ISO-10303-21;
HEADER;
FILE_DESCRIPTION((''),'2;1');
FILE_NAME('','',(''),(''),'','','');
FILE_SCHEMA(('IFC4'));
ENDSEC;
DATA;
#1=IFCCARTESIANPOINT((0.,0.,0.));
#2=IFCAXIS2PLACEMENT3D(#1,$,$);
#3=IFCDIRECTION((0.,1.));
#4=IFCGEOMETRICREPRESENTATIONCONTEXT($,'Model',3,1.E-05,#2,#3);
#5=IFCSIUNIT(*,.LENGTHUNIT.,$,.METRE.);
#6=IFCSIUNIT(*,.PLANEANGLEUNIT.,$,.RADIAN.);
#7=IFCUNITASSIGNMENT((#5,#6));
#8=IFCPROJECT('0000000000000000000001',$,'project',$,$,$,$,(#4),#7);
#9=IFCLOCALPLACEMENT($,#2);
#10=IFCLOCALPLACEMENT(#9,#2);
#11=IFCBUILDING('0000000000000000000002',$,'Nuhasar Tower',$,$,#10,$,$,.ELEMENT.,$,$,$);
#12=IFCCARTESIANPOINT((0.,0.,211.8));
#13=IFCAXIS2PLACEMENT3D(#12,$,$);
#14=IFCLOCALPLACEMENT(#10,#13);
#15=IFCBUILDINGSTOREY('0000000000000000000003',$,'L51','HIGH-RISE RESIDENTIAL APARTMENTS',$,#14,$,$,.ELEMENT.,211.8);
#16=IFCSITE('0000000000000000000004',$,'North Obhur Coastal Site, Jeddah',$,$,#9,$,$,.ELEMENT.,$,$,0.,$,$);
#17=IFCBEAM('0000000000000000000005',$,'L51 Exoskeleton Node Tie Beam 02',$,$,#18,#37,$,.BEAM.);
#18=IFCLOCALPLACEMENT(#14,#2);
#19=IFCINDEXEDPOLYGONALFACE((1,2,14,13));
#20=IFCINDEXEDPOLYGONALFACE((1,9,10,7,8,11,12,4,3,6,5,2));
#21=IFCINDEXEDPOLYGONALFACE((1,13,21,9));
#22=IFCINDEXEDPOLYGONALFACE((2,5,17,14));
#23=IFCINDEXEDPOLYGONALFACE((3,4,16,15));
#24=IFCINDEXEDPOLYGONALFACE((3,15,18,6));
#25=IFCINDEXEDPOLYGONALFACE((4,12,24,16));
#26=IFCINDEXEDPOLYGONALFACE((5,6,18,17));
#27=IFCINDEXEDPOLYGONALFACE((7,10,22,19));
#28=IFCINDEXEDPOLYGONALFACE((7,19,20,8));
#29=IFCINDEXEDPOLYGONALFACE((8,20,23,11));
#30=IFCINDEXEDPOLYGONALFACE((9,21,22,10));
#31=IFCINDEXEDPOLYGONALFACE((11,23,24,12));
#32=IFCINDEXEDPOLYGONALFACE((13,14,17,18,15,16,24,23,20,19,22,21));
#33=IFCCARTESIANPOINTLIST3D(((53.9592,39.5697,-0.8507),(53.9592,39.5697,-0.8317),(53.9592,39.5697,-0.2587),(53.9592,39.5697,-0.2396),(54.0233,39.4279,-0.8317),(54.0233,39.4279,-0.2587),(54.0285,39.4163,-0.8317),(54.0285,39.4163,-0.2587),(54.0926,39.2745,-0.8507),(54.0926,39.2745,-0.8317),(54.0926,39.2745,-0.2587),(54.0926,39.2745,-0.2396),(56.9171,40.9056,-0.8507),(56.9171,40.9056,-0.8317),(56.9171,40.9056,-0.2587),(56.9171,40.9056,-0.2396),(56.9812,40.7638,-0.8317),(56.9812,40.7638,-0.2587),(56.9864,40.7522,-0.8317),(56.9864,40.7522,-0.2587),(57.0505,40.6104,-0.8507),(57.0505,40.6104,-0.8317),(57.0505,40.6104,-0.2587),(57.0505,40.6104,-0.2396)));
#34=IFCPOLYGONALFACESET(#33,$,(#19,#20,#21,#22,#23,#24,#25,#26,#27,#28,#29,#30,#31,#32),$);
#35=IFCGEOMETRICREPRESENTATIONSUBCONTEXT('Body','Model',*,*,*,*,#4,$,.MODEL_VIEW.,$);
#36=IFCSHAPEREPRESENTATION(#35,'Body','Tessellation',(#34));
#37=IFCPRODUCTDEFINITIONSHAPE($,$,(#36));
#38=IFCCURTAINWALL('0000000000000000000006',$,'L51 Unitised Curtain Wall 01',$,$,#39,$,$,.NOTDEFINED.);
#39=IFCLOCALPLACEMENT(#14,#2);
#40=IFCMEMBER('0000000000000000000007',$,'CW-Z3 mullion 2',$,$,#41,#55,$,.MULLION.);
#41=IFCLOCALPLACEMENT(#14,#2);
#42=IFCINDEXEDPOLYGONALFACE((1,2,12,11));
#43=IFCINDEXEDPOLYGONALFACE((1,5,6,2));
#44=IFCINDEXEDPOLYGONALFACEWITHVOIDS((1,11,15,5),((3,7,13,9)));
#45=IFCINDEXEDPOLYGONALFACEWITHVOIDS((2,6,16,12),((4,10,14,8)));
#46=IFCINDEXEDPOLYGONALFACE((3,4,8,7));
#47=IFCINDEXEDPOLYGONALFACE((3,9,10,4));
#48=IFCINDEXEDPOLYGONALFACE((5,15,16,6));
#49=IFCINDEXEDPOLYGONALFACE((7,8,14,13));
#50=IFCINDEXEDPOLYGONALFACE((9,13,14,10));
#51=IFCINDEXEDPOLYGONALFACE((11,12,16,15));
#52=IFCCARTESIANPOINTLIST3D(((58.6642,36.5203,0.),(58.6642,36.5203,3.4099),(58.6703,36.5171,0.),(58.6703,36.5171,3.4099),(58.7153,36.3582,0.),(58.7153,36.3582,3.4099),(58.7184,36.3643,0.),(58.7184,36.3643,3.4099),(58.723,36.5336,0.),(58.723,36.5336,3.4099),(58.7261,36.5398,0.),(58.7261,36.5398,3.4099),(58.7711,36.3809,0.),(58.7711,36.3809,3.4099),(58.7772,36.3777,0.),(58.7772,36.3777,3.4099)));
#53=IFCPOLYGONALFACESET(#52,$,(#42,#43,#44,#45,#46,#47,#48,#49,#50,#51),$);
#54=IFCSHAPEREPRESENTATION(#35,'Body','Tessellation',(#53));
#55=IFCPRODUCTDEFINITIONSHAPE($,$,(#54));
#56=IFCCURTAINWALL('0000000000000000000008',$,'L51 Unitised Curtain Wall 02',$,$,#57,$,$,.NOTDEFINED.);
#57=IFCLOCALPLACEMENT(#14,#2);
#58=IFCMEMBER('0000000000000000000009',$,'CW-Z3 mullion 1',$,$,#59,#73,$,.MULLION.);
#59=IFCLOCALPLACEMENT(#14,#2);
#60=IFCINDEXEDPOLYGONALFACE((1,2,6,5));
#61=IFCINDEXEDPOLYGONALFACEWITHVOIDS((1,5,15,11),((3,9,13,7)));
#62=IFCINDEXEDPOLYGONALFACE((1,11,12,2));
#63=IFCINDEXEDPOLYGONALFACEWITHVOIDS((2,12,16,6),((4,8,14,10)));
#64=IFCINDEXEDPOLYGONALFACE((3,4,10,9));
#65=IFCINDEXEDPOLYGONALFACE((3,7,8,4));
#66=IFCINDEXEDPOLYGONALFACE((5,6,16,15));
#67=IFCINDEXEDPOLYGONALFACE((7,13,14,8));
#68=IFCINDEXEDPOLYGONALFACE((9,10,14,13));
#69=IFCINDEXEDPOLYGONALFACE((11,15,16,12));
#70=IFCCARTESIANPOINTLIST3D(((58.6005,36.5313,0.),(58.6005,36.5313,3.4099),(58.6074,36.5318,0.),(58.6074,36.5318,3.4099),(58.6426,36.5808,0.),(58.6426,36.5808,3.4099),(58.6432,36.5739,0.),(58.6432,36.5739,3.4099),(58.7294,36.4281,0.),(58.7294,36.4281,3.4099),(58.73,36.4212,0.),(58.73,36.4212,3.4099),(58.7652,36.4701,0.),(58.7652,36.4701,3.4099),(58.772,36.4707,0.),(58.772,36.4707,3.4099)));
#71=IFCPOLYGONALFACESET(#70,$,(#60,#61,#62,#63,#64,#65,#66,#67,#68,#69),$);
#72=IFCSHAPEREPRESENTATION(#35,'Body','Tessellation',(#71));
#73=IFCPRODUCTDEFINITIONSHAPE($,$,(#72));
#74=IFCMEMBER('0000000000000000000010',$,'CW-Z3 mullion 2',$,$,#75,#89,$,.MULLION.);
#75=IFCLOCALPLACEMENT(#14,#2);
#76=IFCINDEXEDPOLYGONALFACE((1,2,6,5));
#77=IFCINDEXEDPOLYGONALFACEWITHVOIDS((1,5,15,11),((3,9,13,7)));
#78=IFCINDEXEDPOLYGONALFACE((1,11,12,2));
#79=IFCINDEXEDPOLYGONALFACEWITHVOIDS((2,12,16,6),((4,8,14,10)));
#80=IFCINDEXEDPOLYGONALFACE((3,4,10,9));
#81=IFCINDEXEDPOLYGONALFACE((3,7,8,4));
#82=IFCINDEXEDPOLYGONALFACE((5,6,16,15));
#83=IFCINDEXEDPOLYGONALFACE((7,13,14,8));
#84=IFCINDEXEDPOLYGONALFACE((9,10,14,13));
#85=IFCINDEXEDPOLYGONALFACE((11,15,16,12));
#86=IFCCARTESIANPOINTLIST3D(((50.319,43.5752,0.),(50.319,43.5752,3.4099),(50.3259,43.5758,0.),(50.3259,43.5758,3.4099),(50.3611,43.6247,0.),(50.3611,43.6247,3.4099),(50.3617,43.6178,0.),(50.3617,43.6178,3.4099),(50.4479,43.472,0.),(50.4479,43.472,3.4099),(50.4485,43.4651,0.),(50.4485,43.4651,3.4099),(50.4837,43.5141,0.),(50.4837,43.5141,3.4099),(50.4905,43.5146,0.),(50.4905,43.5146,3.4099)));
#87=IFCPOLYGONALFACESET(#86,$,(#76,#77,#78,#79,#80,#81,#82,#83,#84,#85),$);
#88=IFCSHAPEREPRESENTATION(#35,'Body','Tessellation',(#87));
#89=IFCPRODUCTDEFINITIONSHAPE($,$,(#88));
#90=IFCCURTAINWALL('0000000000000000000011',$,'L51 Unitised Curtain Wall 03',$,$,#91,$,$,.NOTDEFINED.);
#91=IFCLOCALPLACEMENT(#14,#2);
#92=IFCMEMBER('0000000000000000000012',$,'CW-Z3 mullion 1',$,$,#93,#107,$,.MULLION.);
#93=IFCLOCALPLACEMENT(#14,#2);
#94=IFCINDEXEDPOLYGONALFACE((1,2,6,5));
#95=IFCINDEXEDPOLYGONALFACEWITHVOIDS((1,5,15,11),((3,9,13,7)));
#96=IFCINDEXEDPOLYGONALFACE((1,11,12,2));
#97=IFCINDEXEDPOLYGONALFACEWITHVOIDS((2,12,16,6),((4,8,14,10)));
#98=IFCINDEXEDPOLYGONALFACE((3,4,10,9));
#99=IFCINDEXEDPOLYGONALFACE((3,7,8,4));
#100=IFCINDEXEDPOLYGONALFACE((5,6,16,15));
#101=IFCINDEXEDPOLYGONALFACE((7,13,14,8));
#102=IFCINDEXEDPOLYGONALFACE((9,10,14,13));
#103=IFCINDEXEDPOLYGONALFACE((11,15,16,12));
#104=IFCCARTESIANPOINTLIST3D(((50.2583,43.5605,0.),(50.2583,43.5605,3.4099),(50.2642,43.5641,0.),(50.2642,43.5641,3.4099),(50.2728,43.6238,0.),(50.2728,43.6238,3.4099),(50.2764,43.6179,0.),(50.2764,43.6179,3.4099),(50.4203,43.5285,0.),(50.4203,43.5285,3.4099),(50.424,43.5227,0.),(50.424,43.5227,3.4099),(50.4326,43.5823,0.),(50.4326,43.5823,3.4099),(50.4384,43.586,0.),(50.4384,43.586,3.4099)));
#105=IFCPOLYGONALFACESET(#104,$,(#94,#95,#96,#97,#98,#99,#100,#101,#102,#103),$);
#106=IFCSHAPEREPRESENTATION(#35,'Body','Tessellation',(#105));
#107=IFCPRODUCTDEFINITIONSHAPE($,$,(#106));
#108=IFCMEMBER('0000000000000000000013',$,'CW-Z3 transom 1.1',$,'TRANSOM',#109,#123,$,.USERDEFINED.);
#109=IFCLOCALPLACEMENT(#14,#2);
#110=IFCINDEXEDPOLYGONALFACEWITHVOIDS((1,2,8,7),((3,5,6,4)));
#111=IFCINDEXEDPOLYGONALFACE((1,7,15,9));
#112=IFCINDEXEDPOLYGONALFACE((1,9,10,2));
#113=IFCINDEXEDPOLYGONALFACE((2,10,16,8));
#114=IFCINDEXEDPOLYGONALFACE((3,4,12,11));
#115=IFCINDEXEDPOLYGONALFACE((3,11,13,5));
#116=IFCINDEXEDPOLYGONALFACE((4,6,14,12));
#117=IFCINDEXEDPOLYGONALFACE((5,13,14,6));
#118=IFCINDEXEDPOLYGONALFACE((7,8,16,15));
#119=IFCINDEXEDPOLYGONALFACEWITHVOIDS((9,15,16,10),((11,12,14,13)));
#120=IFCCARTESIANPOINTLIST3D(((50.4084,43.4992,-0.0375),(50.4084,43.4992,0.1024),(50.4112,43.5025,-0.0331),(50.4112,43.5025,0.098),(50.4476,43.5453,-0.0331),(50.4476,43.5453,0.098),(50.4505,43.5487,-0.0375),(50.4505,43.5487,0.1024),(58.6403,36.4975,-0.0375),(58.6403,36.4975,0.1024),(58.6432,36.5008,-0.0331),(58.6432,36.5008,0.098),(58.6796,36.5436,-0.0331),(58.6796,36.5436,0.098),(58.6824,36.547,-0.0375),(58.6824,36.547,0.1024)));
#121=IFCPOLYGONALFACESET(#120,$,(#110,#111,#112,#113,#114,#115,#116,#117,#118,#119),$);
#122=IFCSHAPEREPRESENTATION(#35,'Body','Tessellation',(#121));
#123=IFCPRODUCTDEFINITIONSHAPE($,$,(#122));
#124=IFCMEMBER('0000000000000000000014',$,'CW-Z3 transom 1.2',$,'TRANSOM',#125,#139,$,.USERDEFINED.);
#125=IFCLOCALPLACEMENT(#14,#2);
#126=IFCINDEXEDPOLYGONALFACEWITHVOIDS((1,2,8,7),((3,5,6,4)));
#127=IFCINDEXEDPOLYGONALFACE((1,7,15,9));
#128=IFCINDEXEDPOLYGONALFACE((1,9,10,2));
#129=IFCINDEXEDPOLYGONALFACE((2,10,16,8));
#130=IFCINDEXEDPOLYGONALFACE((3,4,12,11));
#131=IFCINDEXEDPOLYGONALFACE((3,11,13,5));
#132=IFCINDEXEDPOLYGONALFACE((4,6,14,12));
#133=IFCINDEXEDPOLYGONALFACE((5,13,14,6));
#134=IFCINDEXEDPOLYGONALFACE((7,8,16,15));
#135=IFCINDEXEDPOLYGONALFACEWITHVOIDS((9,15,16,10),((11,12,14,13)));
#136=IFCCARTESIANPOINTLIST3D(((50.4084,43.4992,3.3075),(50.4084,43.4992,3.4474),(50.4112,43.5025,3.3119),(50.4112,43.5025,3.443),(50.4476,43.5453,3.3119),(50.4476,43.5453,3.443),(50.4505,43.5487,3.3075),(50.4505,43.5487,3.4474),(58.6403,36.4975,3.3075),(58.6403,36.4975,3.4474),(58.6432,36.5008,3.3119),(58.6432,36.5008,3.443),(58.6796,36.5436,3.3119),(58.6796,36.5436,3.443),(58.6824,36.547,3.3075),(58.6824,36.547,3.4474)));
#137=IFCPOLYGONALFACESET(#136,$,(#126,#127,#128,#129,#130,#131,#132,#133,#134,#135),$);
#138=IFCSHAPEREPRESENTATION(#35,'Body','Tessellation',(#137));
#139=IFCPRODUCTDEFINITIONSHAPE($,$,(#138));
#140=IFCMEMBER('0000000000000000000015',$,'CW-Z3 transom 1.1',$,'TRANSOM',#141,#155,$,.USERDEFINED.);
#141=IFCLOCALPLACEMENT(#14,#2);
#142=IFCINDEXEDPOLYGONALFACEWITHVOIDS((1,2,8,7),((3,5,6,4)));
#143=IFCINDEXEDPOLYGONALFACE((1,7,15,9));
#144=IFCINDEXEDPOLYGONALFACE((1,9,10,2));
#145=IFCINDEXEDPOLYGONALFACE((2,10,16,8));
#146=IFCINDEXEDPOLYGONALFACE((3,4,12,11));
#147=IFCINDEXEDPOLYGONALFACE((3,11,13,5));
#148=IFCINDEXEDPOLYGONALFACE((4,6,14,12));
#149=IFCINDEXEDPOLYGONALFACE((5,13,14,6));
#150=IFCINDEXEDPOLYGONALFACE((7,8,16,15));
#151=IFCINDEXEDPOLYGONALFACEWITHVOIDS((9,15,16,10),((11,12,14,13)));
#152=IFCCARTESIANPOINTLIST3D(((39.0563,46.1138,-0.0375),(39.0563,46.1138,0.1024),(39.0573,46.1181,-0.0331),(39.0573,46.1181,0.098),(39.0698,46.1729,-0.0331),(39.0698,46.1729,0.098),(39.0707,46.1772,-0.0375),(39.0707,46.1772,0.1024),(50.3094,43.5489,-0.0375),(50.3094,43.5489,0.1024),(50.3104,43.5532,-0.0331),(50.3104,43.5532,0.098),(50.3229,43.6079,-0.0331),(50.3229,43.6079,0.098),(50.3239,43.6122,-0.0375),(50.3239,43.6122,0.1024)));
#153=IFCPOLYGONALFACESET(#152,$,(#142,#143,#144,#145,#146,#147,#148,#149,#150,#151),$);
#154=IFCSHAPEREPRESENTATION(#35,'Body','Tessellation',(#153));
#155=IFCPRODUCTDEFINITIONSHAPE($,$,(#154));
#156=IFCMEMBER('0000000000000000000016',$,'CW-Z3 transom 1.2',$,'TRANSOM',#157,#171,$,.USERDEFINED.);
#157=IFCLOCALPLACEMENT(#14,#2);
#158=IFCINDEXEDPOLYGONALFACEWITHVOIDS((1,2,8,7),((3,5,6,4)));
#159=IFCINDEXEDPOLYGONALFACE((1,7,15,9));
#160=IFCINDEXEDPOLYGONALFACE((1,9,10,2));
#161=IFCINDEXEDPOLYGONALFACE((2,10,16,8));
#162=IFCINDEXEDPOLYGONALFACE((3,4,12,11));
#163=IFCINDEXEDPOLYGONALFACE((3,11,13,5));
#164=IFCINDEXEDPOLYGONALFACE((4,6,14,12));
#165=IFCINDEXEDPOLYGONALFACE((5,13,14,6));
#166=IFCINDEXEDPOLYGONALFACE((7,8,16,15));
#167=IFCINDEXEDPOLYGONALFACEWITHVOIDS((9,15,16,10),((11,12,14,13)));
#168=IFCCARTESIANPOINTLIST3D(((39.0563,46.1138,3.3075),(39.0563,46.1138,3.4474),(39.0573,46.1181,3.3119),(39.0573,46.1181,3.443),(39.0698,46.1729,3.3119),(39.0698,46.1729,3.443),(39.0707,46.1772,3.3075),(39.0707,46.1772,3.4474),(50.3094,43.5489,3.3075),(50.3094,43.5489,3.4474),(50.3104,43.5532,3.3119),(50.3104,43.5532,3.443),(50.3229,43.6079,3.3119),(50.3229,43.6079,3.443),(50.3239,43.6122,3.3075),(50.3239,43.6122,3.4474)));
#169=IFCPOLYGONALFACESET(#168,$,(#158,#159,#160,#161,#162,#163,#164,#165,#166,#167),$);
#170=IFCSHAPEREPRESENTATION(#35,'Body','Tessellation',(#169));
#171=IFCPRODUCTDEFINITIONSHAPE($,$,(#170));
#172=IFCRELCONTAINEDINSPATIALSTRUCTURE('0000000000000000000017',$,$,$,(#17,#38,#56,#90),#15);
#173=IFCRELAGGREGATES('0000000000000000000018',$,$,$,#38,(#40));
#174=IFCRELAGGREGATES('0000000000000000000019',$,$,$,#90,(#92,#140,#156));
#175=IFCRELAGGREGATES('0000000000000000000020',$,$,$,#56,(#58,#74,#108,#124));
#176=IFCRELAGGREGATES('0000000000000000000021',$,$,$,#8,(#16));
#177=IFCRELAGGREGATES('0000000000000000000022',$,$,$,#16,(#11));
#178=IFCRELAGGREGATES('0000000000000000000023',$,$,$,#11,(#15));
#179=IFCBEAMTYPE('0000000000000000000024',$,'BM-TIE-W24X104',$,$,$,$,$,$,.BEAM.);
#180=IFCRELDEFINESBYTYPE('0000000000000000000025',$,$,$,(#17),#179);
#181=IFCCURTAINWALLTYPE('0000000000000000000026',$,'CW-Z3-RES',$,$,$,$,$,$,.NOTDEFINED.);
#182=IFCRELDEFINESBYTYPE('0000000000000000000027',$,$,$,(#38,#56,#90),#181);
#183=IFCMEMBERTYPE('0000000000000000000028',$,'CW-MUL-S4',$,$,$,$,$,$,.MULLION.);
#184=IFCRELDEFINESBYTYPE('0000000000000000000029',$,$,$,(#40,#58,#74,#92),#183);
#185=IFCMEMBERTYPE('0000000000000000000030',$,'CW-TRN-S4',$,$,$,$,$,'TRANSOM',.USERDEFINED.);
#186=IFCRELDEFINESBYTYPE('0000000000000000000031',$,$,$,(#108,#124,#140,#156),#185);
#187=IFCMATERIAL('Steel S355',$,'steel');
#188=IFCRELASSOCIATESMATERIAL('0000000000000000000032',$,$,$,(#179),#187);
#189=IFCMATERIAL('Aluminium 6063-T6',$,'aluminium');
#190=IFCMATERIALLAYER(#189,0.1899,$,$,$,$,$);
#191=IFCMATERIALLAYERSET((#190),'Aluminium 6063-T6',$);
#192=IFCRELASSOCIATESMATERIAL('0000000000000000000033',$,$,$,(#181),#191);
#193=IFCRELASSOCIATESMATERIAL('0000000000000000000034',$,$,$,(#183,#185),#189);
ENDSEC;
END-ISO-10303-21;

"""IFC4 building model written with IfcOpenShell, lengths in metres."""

from ifc_helpers import new_model, si_unit, direction, frame, origin, origin_2d, place, context, subcontext, project, spatial, hollow_rectangle, i_section, extrude, material, layer, layer_set, material_profile, profile_set, type_object, element, aggregate, save


model = new_model("IFC4")

# Units and contexts
model_context = context("Model", 3, precision=1e-05, world=origin(), true_north=direction((0.0, 1.0)))
body_context = subcontext(model_context, "Body", "Model", "MODEL_VIEW")
ifc_project = project(units=[si_unit("LENGTHUNIT", "METRE"), si_unit("PLANEANGLEUNIT", "RADIAN")], contexts=[model_context])

# Site, building, storey
site_placement = place(None, origin())
site = spatial("IfcSite", under=ifc_project, at=site_placement, Name="North Obhur Coastal Site, Jeddah", CompositionType="ELEMENT", RefElevation=0.0)
building_placement = place(site_placement, origin())
building = spatial("IfcBuilding", under=site, at=building_placement, Name="Nuhasar Tower", CompositionType="ELEMENT")
storey_placement = place(building_placement, frame((0.0, 0.0, 211.8)))
storey = spatial("IfcBuildingStorey", under=building, at=storey_placement, Name="L51", Description="HIGH-RISE RESIDENTIAL APARTMENTS", CompositionType="ELEMENT", Elevation=211.8)

# Beam
ifc_material_1 = material(Name="Steel S355", Category="steel")
ifc_material_profile_1 = material_profile(ifc_material_1, i_section(OverallWidth=0.324, OverallDepth=0.6111, WebThickness=0.0127, FlangeThickness=0.019, at=origin_2d()), Name="W24X104")
ifc_profile_set_1 = profile_set([ifc_material_profile_1], Name="Steel S355")
beam_type_1 = type_object("IfcBeamType", Name="BM-TIE-W24X104", PredefinedType="BEAM", material=ifc_profile_set_1)
beam_1_placement = place(storey_placement, frame((54.0259, 39.4221, -0.5452), z_axis=(0.911363, 0.411603, 0.0), x_axis=(-0.411603, 0.911363, 0.0)))
element("IfcBeam", 1, at=beam_1_placement, inside=storey, type_object=beam_type_1, Name="L51 Exoskeleton Node Tie Beam 02", PredefinedType="BEAM", context=body_context, shape_type="SweptSolid", body=[
    extrude(i_section(OverallWidth=0.324, OverallDepth=0.6111, WebThickness=0.0127, FlangeThickness=0.019, at=origin_2d()), origin(), (0.0, 0.0, 1.0), 3.2456),
])

# Curtain wall, member
ifc_material_2 = material(Name="Aluminium 6063-T6", Category="aluminium")
ifc_layer_1 = layer(ifc_material_2, 0.1899)
ifc_layer_set_1 = layer_set([ifc_layer_1], Name="Aluminium 6063-T6")
curtain_wall_type = type_object("IfcCurtainWallType", Name="CW-Z3-RES", PredefinedType="NOTDEFINED", material=ifc_layer_set_1)
curtain_wall_1_placement = place(storey_placement, origin())
curtain_wall_1 = element("IfcCurtainWall", 2, at=curtain_wall_1_placement, inside=storey, type_object=curtain_wall_type, Name="L51 Unitised Curtain Wall 01", PredefinedType="NOTDEFINED")
ifc_material_profile_2 = material_profile(ifc_material_2, hollow_rectangle(XDim=0.0649, YDim=0.1699, WallThickness=0.0049, at=origin_2d()), Name="CWM-4")
ifc_profile_set_2 = profile_set([ifc_material_profile_2], Name="Aluminium 6063-T6")
member_type_1 = type_object("IfcMemberType", Name="CW-MUL-S4", PredefinedType="MULLION", material=ifc_profile_set_2)
member_1_placement = place(storey_placement, frame((58.7207, 36.449, 0.0), z_axis=(0.0, 0.0, 1.0), x_axis=(-0.953804, -0.300429, 0.0)))
member_1 = element("IfcMember", 3, at=member_1_placement, type_object=member_type_1, Name="CW-Z3 mullion 2", PredefinedType="MULLION", context=body_context, shape_type="SweptSolid", body=[
    extrude(hollow_rectangle(XDim=0.0649, YDim=0.1699, WallThickness=0.0049, at=origin_2d()), origin(), (0.0, 0.0, 1.0), 3.4099),
])
aggregate(curtain_wall_1, [member_1])

# Curtain wall, members
curtain_wall_2_placement = place(storey_placement, origin())
curtain_wall_2 = element("IfcCurtainWall", 4, at=curtain_wall_2_placement, inside=storey, type_object=curtain_wall_type, Name="L51 Unitised Curtain Wall 02", PredefinedType="NOTDEFINED")
member_2_placement = place(storey_placement, frame((58.6863, 36.501, 0.0), z_axis=(0.0, 0.0, 1.0), x_axis=(-0.647895, -0.761729, 0.0)))
member_2 = element("IfcMember", 5, at=member_2_placement, type_object=member_type_1, Name="CW-Z3 mullion 1", PredefinedType="MULLION", context=body_context, shape_type="SweptSolid", body=[
    extrude(hollow_rectangle(XDim=0.0649, YDim=0.1699, WallThickness=0.0049, at=origin_2d()), origin(), (0.0, 0.0, 1.0), 3.4099),
])
member_3_placement = place(storey_placement, frame((50.4048, 43.5449, 0.0), z_axis=(0.0, 0.0, 1.0), x_axis=(-0.647895, -0.761729, 0.0)))
member_3 = element("IfcMember", 6, at=member_3_placement, type_object=member_type_1, Name="CW-Z3 mullion 2", PredefinedType="MULLION", context=body_context, shape_type="SweptSolid", body=[
    extrude(hollow_rectangle(XDim=0.0649, YDim=0.1699, WallThickness=0.0049, at=origin_2d()), origin(), (0.0, 0.0, 1.0), 3.4099),
])

# Curtain wall, member
curtain_wall_3_placement = place(storey_placement, origin())
curtain_wall_3 = element("IfcCurtainWall", 7, at=curtain_wall_3_placement, inside=storey, type_object=curtain_wall_type, Name="L51 Unitised Curtain Wall 03", PredefinedType="NOTDEFINED")
member_4_placement = place(storey_placement, frame((50.3484, 43.5732, 0.0), z_axis=(0.0, 0.0, 1.0), x_axis=(-0.222243, -0.974991, 0.0)))
member_4 = element("IfcMember", 8, at=member_4_placement, type_object=member_type_1, Name="CW-Z3 mullion 1", PredefinedType="MULLION", context=body_context, shape_type="SweptSolid", body=[
    extrude(hollow_rectangle(XDim=0.0649, YDim=0.1699, WallThickness=0.0049, at=origin_2d()), origin(), (0.0, 0.0, 1.0), 3.4099),
])

# Members
ifc_material_profile_3 = material_profile(ifc_material_2, hollow_rectangle(XDim=0.0649, YDim=0.1399, WallThickness=0.0044, at=origin_2d()), Name="CWT-4")
ifc_profile_set_3 = profile_set([ifc_material_profile_3], Name="Aluminium 6063-T6")
member_type_2 = type_object("IfcMemberType", Name="CW-TRN-S4", ElementType="TRANSOM", PredefinedType="USERDEFINED", material=ifc_profile_set_3)
member_5_placement = place(storey_placement, frame((58.6614, 36.5222, 0.0325), z_axis=(-0.761731, 0.647894, 0.0), x_axis=(-0.647894, -0.761731, 0.0)))
member_5 = element("IfcMember", 9, at=member_5_placement, type_object=member_type_2, Name="CW-Z3 transom 1.1", ObjectType="TRANSOM", PredefinedType="USERDEFINED", context=body_context, shape_type="SweptSolid", body=[
    extrude(hollow_rectangle(XDim=0.0649, YDim=0.1399, WallThickness=0.0044, at=origin_2d()), origin(), (0.0, 0.0, 1.0), 10.8069),
])
member_6_placement = place(storey_placement, frame((58.6614, 36.5222, 3.3774), z_axis=(-0.761731, 0.647894, 0.0), x_axis=(-0.647894, -0.761731, 0.0)))
member_6 = element("IfcMember", 10, at=member_6_placement, type_object=member_type_2, Name="CW-Z3 transom 1.2", ObjectType="TRANSOM", PredefinedType="USERDEFINED", context=body_context, shape_type="SweptSolid", body=[
    extrude(hollow_rectangle(XDim=0.0649, YDim=0.1399, WallThickness=0.0044, at=origin_2d()), origin(), (0.0, 0.0, 1.0), 10.8069),
])
member_7_placement = place(storey_placement, frame((50.3167, 43.5806, 0.0325), z_axis=(-0.974994, 0.222231, 0.0), x_axis=(-0.222231, -0.974994, 0.0)))
member_7 = element("IfcMember", 11, at=member_7_placement, type_object=member_type_2, Name="CW-Z3 transom 1.1", ObjectType="TRANSOM", PredefinedType="USERDEFINED", context=body_context, shape_type="SweptSolid", body=[
    extrude(hollow_rectangle(XDim=0.0649, YDim=0.1399, WallThickness=0.0044, at=origin_2d()), origin(), (0.0, 0.0, 1.0), 11.5417),
])
member_8_placement = place(storey_placement, frame((50.3167, 43.5806, 3.3774), z_axis=(-0.974994, 0.222231, 0.0), x_axis=(-0.222231, -0.974994, 0.0)))
member_8 = element("IfcMember", 12, at=member_8_placement, type_object=member_type_2, Name="CW-Z3 transom 1.2", ObjectType="TRANSOM", PredefinedType="USERDEFINED", context=body_context, shape_type="SweptSolid", body=[
    extrude(hollow_rectangle(XDim=0.0649, YDim=0.1399, WallThickness=0.0044, at=origin_2d()), origin(), (0.0, 0.0, 1.0), 11.5417),
])
aggregate(curtain_wall_3, [member_4, member_7, member_8])

aggregate(curtain_wall_2, [member_2, member_3, member_5, member_6])

save(model, "model.ifc")
